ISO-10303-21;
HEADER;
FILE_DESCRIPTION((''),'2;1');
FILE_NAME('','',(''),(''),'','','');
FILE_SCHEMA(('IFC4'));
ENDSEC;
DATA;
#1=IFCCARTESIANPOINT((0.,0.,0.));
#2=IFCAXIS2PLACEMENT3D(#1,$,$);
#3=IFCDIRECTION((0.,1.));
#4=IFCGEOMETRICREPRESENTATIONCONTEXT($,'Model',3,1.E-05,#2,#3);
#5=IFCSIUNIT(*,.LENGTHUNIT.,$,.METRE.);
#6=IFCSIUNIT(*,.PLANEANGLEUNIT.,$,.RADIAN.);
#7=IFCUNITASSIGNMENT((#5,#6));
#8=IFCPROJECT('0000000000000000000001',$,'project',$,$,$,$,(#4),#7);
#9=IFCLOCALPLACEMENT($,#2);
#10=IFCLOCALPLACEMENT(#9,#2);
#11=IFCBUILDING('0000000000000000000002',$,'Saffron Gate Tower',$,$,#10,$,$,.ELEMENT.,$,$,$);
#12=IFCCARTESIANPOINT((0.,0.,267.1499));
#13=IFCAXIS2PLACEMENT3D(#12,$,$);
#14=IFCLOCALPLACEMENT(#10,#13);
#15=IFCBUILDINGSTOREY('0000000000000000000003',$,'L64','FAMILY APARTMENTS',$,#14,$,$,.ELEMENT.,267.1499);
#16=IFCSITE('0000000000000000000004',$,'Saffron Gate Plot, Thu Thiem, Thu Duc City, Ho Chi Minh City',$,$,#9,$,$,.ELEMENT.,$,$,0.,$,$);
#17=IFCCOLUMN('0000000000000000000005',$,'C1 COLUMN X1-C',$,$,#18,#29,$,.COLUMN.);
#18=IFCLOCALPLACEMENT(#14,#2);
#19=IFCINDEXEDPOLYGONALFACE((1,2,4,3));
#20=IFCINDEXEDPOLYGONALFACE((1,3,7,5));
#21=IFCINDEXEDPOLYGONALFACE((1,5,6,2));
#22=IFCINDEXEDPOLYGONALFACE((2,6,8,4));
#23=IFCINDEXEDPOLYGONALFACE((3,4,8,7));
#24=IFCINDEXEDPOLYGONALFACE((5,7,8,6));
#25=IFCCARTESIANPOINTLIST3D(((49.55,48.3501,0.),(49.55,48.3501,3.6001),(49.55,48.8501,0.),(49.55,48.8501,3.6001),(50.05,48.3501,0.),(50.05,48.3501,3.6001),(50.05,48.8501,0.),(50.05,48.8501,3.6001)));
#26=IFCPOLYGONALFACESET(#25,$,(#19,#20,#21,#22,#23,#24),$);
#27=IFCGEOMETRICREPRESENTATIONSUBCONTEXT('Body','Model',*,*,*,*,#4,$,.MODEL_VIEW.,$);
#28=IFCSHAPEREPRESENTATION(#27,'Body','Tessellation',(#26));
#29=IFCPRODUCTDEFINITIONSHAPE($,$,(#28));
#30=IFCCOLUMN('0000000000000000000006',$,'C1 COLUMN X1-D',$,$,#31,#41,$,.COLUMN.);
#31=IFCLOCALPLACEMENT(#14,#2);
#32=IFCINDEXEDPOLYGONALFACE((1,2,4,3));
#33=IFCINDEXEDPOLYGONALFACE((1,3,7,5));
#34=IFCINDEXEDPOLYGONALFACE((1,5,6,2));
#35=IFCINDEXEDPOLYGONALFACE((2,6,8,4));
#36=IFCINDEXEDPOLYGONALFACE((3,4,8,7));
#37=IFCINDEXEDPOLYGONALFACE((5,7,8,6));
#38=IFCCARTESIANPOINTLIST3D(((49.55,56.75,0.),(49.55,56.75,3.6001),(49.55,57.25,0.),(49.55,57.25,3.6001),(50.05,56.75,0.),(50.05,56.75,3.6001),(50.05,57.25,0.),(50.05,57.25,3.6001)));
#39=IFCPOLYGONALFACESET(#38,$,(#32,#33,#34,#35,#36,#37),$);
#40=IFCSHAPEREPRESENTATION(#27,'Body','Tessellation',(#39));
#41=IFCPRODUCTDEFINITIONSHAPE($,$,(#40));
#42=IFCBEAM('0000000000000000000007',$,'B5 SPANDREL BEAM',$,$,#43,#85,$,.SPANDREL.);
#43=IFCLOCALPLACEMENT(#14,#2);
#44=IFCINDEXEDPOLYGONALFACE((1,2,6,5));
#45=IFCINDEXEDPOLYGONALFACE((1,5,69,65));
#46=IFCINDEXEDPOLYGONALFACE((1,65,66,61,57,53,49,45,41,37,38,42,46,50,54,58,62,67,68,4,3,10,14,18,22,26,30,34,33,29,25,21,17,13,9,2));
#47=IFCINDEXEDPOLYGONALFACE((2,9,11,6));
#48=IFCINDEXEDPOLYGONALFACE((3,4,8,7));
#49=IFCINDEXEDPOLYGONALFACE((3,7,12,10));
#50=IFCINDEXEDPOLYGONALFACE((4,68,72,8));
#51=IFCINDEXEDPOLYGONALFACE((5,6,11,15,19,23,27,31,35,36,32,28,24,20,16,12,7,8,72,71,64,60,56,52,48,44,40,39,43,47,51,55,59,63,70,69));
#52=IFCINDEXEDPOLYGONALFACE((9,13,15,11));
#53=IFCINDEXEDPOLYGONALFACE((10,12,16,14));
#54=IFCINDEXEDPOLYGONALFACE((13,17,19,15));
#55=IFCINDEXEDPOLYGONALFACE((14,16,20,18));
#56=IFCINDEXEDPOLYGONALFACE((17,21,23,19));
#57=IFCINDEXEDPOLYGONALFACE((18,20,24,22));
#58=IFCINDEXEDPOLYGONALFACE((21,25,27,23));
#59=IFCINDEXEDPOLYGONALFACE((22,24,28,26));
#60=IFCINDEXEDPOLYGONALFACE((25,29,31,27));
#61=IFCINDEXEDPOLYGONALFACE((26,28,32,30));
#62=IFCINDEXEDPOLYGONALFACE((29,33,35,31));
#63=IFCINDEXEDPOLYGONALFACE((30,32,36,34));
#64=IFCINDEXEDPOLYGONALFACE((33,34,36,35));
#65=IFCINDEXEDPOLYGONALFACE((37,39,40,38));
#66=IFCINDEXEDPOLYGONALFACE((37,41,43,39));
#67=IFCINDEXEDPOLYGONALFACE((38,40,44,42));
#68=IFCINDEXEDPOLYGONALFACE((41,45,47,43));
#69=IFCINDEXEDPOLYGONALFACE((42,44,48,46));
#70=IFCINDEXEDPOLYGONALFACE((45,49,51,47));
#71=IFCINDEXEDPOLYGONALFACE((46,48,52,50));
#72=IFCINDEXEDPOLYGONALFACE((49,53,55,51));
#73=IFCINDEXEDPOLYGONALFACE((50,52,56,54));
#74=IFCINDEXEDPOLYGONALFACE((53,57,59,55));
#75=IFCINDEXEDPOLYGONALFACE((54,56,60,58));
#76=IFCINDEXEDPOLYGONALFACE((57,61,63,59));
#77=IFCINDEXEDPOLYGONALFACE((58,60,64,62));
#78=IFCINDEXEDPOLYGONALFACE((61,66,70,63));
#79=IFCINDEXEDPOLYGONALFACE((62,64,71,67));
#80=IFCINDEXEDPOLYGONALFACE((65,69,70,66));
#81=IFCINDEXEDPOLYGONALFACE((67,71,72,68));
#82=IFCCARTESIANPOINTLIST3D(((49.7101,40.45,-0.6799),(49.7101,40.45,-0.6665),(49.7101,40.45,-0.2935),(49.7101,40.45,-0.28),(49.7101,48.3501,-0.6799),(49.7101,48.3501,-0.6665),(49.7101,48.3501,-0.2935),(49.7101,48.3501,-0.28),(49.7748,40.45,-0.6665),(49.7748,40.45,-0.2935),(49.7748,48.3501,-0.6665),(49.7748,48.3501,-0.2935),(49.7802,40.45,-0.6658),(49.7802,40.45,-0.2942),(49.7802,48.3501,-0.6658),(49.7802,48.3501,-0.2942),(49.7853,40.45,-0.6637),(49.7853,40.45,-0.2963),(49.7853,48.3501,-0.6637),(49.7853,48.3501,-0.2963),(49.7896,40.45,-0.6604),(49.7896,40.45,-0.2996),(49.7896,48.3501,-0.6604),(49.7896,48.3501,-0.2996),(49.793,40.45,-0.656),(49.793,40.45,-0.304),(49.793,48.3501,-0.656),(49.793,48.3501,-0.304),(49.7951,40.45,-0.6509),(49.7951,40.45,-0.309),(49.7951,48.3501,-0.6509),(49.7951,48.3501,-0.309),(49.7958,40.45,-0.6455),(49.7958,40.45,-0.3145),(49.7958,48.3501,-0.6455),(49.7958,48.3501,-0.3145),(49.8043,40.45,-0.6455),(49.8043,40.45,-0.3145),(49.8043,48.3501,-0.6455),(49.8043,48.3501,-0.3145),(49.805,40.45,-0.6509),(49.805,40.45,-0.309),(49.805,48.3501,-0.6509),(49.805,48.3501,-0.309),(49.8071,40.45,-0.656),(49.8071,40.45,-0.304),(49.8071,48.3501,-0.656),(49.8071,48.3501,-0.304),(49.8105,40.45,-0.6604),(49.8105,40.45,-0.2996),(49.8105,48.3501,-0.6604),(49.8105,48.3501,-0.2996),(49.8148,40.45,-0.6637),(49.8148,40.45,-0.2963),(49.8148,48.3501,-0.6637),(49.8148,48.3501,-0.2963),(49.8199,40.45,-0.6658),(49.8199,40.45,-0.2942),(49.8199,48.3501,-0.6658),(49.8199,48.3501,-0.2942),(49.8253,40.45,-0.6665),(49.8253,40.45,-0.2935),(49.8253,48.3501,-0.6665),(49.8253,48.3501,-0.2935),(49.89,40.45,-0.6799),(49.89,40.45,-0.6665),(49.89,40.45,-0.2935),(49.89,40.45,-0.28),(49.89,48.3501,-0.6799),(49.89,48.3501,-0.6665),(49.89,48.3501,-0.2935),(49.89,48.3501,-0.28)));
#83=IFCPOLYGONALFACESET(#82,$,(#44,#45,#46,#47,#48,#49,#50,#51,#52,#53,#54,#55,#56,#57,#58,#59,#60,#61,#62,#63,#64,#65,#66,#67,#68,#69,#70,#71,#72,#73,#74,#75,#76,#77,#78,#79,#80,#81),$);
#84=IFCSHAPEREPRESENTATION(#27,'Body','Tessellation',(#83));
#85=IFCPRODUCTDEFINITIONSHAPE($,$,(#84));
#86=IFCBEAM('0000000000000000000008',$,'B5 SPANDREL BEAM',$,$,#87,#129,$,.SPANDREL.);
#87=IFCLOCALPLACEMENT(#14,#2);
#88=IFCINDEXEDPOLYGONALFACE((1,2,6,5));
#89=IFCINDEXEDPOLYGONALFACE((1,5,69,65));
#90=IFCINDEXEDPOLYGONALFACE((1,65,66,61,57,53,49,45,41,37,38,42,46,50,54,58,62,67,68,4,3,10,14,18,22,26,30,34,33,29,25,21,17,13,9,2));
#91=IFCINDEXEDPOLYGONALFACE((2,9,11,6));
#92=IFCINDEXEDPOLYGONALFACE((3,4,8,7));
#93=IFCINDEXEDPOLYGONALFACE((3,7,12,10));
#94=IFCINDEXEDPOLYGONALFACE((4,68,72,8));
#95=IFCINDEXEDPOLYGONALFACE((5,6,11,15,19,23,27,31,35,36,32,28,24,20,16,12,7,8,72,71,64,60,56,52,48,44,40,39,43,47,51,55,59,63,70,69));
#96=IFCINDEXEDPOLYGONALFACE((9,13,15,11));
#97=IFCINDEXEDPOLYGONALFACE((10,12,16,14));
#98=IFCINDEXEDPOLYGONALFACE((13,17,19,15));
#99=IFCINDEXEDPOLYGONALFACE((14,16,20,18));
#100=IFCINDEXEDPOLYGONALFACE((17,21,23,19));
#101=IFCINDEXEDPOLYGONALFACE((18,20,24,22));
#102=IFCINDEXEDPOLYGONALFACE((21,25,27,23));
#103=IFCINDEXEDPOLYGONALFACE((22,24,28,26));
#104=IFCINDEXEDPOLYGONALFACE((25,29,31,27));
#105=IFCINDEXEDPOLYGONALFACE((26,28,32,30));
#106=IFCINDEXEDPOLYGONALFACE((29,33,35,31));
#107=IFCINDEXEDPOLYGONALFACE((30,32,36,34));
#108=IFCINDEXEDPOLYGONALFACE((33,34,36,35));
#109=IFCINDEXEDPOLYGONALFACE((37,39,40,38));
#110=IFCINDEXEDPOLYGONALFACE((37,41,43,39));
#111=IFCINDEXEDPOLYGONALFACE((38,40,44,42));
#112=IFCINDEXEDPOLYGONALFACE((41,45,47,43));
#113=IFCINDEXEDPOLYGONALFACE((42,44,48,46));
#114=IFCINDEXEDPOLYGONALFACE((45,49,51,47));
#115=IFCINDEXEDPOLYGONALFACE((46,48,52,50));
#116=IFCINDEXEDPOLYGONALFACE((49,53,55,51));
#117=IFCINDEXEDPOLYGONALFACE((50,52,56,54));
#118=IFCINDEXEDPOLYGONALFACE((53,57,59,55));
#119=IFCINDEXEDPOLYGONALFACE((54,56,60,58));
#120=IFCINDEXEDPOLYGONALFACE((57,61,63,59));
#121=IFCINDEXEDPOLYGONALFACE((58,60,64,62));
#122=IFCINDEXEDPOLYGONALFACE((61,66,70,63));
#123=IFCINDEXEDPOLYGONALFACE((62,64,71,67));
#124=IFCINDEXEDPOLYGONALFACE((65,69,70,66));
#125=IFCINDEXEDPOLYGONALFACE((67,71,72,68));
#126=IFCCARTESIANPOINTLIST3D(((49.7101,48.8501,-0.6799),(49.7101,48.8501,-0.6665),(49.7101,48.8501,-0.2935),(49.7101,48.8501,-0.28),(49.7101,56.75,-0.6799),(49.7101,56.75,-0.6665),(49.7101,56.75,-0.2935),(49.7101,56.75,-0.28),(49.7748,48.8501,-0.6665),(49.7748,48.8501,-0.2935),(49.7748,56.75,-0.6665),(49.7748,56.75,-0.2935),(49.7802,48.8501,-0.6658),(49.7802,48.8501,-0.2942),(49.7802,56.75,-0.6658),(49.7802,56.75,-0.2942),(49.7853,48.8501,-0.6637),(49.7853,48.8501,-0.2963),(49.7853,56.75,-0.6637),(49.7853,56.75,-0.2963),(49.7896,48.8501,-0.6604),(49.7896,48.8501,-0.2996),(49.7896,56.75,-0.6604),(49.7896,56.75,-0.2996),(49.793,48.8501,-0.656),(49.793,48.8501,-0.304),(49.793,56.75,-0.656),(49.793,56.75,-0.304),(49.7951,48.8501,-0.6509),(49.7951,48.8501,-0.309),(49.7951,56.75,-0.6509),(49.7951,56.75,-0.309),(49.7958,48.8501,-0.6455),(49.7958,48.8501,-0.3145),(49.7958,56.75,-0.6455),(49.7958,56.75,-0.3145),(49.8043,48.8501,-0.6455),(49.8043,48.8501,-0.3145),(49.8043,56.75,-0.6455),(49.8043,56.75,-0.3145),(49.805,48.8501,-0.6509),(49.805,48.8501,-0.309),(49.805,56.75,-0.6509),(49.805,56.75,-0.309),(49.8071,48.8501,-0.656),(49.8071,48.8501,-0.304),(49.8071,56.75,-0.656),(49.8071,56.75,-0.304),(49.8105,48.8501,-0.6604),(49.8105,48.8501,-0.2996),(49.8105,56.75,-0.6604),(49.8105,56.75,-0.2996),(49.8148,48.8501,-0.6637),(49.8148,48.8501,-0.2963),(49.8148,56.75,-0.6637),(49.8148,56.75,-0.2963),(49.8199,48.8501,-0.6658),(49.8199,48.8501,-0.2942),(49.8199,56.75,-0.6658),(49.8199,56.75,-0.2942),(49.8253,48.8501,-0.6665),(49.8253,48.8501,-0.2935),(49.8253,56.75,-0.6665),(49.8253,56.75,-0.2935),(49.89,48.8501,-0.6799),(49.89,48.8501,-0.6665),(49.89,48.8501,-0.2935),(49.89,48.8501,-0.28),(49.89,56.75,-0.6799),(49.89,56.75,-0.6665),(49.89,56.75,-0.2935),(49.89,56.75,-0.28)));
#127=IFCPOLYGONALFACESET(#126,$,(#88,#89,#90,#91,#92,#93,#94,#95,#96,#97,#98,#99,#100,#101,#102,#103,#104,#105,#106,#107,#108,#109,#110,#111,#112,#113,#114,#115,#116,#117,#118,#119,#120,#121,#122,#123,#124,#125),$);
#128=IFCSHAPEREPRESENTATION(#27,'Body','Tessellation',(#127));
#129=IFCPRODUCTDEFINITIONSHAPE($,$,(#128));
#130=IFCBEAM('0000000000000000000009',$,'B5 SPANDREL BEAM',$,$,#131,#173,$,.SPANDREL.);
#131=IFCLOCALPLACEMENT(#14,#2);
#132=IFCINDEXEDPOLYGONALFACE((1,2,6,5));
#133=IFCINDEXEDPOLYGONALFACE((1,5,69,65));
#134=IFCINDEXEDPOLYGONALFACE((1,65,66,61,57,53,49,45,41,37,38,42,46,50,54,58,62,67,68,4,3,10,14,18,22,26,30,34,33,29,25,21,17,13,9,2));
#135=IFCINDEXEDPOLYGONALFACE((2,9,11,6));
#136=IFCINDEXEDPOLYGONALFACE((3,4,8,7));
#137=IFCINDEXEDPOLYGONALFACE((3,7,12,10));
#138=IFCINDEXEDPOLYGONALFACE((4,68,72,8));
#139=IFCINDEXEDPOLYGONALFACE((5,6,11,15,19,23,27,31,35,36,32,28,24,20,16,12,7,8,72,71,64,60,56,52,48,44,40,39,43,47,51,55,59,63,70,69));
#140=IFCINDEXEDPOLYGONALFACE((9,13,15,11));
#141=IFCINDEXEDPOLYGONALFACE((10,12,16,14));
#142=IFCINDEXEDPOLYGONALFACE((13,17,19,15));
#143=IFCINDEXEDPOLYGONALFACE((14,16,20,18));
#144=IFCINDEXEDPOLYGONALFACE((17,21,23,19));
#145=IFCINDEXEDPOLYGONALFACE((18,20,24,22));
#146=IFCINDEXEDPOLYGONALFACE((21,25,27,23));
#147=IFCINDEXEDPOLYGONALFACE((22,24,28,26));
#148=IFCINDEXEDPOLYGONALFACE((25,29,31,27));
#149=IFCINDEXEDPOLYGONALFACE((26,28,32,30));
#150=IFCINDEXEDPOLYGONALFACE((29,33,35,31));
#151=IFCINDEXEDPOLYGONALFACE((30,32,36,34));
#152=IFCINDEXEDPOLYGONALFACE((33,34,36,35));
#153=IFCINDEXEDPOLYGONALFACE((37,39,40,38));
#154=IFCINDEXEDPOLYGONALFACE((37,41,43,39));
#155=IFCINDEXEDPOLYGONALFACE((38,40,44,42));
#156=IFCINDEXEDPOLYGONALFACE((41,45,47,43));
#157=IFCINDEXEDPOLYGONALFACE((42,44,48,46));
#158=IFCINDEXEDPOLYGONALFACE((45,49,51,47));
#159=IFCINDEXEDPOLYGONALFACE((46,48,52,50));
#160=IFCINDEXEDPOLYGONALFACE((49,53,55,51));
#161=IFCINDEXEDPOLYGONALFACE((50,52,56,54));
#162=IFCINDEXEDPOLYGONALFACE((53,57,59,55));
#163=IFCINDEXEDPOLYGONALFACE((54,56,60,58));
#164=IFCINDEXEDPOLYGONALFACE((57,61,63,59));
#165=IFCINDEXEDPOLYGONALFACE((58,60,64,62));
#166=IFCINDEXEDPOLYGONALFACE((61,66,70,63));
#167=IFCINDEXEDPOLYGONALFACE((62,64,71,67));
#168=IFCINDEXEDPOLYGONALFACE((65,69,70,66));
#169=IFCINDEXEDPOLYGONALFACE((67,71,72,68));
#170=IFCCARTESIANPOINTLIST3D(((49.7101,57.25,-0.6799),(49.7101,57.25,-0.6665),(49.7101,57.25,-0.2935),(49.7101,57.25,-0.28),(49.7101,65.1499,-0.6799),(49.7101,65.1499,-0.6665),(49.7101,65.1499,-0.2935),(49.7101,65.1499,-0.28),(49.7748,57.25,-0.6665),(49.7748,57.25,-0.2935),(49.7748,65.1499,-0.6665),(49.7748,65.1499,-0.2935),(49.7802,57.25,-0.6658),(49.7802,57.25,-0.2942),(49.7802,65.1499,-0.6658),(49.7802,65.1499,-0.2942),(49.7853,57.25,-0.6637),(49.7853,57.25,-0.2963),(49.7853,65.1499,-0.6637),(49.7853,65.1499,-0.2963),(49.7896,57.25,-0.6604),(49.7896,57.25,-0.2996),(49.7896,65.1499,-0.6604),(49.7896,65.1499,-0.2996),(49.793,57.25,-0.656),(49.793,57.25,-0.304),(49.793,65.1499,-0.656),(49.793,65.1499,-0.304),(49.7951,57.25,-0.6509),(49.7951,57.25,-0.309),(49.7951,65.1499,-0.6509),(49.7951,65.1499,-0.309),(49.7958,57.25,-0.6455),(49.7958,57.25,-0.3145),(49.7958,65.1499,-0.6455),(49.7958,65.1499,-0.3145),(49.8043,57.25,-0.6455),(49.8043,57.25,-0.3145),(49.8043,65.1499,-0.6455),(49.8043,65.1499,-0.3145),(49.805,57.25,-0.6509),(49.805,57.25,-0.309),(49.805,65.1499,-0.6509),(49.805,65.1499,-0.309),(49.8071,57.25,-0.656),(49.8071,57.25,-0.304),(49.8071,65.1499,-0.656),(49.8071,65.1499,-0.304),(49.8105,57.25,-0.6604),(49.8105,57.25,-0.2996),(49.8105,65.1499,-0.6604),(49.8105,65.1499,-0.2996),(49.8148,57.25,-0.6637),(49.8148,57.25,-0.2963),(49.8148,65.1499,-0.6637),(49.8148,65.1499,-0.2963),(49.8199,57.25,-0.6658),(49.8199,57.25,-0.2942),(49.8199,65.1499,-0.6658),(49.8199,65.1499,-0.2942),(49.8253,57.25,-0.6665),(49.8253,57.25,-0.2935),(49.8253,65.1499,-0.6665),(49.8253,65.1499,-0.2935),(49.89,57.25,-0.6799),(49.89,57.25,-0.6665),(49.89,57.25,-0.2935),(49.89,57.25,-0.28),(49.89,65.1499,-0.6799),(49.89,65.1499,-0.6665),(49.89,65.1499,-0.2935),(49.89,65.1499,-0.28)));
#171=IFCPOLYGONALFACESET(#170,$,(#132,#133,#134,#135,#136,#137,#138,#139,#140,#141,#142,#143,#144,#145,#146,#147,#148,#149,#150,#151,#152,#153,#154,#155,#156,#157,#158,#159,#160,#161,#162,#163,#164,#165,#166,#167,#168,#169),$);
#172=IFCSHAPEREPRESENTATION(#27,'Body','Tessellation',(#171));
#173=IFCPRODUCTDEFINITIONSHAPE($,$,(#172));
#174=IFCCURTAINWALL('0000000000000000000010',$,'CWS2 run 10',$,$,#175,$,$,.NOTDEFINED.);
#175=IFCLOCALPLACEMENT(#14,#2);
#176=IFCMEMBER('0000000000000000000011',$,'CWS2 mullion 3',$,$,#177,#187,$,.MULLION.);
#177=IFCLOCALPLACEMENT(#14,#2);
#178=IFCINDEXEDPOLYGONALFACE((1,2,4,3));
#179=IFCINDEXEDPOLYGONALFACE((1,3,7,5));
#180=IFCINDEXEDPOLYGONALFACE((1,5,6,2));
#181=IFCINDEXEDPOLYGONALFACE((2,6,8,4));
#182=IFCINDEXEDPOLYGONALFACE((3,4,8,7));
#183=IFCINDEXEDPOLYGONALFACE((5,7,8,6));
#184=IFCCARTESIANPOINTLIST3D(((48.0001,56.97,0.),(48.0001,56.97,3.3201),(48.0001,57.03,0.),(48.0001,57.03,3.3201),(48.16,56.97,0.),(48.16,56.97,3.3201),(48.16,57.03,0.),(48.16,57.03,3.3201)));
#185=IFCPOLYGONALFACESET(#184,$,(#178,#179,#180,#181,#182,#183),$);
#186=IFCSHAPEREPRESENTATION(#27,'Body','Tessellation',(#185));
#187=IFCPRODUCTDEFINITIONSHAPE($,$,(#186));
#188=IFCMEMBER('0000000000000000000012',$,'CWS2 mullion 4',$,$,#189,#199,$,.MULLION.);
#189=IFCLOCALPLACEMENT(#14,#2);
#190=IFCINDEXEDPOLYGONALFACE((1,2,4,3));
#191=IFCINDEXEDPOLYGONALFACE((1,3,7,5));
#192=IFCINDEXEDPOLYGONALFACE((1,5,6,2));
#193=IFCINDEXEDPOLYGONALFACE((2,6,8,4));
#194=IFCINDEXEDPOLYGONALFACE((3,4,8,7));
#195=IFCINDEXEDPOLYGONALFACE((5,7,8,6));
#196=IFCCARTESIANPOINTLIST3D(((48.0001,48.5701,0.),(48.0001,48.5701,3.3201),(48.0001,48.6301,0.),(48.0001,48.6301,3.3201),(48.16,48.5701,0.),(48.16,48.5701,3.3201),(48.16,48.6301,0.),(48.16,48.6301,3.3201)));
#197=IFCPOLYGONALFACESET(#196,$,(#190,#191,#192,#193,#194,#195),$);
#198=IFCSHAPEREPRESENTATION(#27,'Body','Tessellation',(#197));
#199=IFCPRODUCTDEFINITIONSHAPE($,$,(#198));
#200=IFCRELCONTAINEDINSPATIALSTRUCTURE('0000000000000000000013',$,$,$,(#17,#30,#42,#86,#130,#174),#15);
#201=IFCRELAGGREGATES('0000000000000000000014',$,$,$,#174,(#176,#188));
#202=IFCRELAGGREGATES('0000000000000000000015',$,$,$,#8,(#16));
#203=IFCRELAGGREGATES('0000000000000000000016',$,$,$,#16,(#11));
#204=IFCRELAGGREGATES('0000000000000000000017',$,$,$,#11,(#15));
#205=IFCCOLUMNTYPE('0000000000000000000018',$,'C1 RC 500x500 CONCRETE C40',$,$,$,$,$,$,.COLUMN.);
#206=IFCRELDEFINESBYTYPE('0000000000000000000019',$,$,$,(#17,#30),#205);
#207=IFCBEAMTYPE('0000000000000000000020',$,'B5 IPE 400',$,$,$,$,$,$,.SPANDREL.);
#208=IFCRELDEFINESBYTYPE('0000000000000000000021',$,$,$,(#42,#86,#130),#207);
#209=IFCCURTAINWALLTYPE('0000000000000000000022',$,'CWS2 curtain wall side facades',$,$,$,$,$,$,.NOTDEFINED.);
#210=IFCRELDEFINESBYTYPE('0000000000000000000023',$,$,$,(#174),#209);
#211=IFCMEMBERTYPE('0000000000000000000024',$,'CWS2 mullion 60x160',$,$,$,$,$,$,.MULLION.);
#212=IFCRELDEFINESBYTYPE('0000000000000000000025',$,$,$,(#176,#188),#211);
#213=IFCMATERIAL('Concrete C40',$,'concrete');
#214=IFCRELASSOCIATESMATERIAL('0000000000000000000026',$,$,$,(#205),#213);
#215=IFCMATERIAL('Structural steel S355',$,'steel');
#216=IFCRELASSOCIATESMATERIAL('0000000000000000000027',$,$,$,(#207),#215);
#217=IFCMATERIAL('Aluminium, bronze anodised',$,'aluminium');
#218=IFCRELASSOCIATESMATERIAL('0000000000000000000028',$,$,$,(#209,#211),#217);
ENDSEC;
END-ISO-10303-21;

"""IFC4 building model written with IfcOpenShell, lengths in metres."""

from ifc_helpers import new_model, si_unit, direction, frame, origin, origin_2d, place, context, subcontext, project, spatial, rectangle, i_section, extrude, material, material_profile, profile_set, type_object, element, aggregate, save


model = new_model("IFC4")

# Units and contexts
model_context = context("Model", 3, precision=1e-05, world=origin(), true_north=direction((0.0, 1.0)))
body_context = subcontext(model_context, "Body", "Model", "MODEL_VIEW")
ifc_project = project(units=[si_unit("LENGTHUNIT", "METRE"), si_unit("PLANEANGLEUNIT", "RADIAN")], contexts=[model_context])

# Site, building, storey
site_placement = place(None, origin())
site = spatial("IfcSite", under=ifc_project, at=site_placement, Name="Saffron Gate Plot, Thu Thiem, Thu Duc City, Ho Chi Minh City", CompositionType="ELEMENT", RefElevation=0.0)
building_placement = place(site_placement, origin())
building = spatial("IfcBuilding", under=site, at=building_placement, Name="Saffron Gate Tower", CompositionType="ELEMENT")
storey_placement = place(building_placement, frame((0.0, 0.0, 267.1499)))
storey = spatial("IfcBuildingStorey", under=building, at=storey_placement, Name="L64", Description="FAMILY APARTMENTS", CompositionType="ELEMENT", Elevation=267.1499)

# Columns
ifc_material_1 = material(Name="Concrete C40", Category="concrete")
ifc_material_profile_1 = material_profile(ifc_material_1, rectangle(XDim=0.5, YDim=0.5, at=origin_2d()))
ifc_profile_set_1 = profile_set([ifc_material_profile_1], Name="Concrete C40")
column_type = type_object("IfcColumnType", Name="C1 RC 500x500 CONCRETE C40", PredefinedType="COLUMN", material=ifc_profile_set_1)
for number, where, z_axis, x_axis, name in (
    (1, (49.8, 48.6001, 0.0), (0.0, 0.0, 1.0), (1.0, 0.0, 0.0), "C1 COLUMN X1-C"),
    (2, (49.8, 57.0, 0.0), (0.0, 0.0, 1.0), (1.0, 0.0, 0.0), "C1 COLUMN X1-D"),
):
    element("IfcColumn", number, at=place(storey_placement, frame(where, z_axis=z_axis, x_axis=x_axis)), inside=storey, type_object=column_type, Name=name, PredefinedType="COLUMN", context=body_context, shape_type="SweptSolid", body=[
        extrude(rectangle(XDim=0.5, YDim=0.5, at=origin_2d()), origin(), (0.0, 0.0, 1.0), 3.6001),
    ])

# Beams
ifc_material_2 = material(Name="Structural steel S355", Category="steel")
ifc_material_profile_2 = material_profile(ifc_material_2, i_section(OverallWidth=0.1799, OverallDepth=0.3999, WebThickness=0.0085, FlangeThickness=0.0134, FilletRadius=0.021, at=origin_2d()))
ifc_profile_set_2 = profile_set([ifc_material_profile_2], Name="Structural steel S355")
beam_type = type_object("IfcBeamType", Name="B5 IPE 400", PredefinedType="SPANDREL", material=ifc_profile_set_2)
beam_placement = place(storey_placement, frame((49.8, 40.45, -0.48), z_axis=(0.0, 1.0, 0.0), x_axis=(-1.0, 0.0, 0.0)))
element("IfcBeam", 3, at=beam_placement, inside=storey, type_object=beam_type, Name="B5 SPANDREL BEAM", PredefinedType="SPANDREL", context=body_context, shape_type="SweptSolid", body=[
    extrude(i_section(OverallWidth=0.1799, OverallDepth=0.3999, WebThickness=0.0085, FlangeThickness=0.0134, FilletRadius=0.021, at=origin_2d()), origin(), (0.0, 0.0, 1.0), 7.9001),
])
for number, where, z_axis, x_axis, name in (
    (4, (49.8, 48.8501, -0.48), (0.0, 1.0, 0.0), (-1.0, 0.0, 0.0), "B5 SPANDREL BEAM"),
    (5, (49.8, 57.25, -0.48), (0.0, 1.0, 0.0), (-1.0, 0.0, 0.0), "B5 SPANDREL BEAM"),
):
    element("IfcBeam", number, at=place(storey_placement, frame(where, z_axis=z_axis, x_axis=x_axis)), inside=storey, type_object=beam_type, Name=name, PredefinedType="SPANDREL", context=body_context, shape_type="SweptSolid", body=[
        extrude(i_section(OverallWidth=0.1799, OverallDepth=0.3999, WebThickness=0.0085, FlangeThickness=0.0134, FilletRadius=0.021, at=origin_2d()), origin(), (0.0, 0.0, 1.0), 7.8999),
    ])

# Curtain wall, members
ifc_material_3 = material(Name="Aluminium, bronze anodised", Category="aluminium")
curtain_wall_type = type_object("IfcCurtainWallType", Name="CWS2 curtain wall side facades", PredefinedType="NOTDEFINED", material=ifc_material_3)
curtain_wall_placement = place(storey_placement, origin())
curtain_wall = element("IfcCurtainWall", 6, at=curtain_wall_placement, inside=storey, type_object=curtain_wall_type, Name="CWS2 run 10", PredefinedType="NOTDEFINED")
ifc_material_profile_3 = material_profile(ifc_material_3, rectangle(XDim=0.1599, YDim=0.0601, at=origin_2d()))
ifc_profile_set_3 = profile_set([ifc_material_profile_3], Name="Aluminium, bronze anodised")
member_type = type_object("IfcMemberType", Name="CWS2 mullion 60x160", PredefinedType="MULLION", material=ifc_profile_set_3)
member_1_placement = place(storey_placement, frame((48.0801, 57.0, 0.0), z_axis=(0.0, 0.0, 1.0), x_axis=(1.0, 0.0, 0.0)))
member_1 = element("IfcMember", 7, at=member_1_placement, type_object=member_type, Name="CWS2 mullion 3", PredefinedType="MULLION", context=body_context, shape_type="SweptSolid", body=[
    extrude(rectangle(XDim=0.1599, YDim=0.0601, at=origin_2d()), origin(), (0.0, 0.0, 1.0), 3.3201),
])
member_2_placement = place(storey_placement, frame((48.0801, 48.6001, 0.0), z_axis=(0.0, 0.0, 1.0), x_axis=(1.0, 0.0, 0.0)))
member_2 = element("IfcMember", 8, at=member_2_placement, type_object=member_type, Name="CWS2 mullion 4", PredefinedType="MULLION", context=body_context, shape_type="SweptSolid", body=[
    extrude(rectangle(XDim=0.1599, YDim=0.0601, at=origin_2d()), origin(), (0.0, 0.0, 1.0), 3.3201),
])
aggregate(curtain_wall, [member_1, member_2])

save(model, "model.ifc")
